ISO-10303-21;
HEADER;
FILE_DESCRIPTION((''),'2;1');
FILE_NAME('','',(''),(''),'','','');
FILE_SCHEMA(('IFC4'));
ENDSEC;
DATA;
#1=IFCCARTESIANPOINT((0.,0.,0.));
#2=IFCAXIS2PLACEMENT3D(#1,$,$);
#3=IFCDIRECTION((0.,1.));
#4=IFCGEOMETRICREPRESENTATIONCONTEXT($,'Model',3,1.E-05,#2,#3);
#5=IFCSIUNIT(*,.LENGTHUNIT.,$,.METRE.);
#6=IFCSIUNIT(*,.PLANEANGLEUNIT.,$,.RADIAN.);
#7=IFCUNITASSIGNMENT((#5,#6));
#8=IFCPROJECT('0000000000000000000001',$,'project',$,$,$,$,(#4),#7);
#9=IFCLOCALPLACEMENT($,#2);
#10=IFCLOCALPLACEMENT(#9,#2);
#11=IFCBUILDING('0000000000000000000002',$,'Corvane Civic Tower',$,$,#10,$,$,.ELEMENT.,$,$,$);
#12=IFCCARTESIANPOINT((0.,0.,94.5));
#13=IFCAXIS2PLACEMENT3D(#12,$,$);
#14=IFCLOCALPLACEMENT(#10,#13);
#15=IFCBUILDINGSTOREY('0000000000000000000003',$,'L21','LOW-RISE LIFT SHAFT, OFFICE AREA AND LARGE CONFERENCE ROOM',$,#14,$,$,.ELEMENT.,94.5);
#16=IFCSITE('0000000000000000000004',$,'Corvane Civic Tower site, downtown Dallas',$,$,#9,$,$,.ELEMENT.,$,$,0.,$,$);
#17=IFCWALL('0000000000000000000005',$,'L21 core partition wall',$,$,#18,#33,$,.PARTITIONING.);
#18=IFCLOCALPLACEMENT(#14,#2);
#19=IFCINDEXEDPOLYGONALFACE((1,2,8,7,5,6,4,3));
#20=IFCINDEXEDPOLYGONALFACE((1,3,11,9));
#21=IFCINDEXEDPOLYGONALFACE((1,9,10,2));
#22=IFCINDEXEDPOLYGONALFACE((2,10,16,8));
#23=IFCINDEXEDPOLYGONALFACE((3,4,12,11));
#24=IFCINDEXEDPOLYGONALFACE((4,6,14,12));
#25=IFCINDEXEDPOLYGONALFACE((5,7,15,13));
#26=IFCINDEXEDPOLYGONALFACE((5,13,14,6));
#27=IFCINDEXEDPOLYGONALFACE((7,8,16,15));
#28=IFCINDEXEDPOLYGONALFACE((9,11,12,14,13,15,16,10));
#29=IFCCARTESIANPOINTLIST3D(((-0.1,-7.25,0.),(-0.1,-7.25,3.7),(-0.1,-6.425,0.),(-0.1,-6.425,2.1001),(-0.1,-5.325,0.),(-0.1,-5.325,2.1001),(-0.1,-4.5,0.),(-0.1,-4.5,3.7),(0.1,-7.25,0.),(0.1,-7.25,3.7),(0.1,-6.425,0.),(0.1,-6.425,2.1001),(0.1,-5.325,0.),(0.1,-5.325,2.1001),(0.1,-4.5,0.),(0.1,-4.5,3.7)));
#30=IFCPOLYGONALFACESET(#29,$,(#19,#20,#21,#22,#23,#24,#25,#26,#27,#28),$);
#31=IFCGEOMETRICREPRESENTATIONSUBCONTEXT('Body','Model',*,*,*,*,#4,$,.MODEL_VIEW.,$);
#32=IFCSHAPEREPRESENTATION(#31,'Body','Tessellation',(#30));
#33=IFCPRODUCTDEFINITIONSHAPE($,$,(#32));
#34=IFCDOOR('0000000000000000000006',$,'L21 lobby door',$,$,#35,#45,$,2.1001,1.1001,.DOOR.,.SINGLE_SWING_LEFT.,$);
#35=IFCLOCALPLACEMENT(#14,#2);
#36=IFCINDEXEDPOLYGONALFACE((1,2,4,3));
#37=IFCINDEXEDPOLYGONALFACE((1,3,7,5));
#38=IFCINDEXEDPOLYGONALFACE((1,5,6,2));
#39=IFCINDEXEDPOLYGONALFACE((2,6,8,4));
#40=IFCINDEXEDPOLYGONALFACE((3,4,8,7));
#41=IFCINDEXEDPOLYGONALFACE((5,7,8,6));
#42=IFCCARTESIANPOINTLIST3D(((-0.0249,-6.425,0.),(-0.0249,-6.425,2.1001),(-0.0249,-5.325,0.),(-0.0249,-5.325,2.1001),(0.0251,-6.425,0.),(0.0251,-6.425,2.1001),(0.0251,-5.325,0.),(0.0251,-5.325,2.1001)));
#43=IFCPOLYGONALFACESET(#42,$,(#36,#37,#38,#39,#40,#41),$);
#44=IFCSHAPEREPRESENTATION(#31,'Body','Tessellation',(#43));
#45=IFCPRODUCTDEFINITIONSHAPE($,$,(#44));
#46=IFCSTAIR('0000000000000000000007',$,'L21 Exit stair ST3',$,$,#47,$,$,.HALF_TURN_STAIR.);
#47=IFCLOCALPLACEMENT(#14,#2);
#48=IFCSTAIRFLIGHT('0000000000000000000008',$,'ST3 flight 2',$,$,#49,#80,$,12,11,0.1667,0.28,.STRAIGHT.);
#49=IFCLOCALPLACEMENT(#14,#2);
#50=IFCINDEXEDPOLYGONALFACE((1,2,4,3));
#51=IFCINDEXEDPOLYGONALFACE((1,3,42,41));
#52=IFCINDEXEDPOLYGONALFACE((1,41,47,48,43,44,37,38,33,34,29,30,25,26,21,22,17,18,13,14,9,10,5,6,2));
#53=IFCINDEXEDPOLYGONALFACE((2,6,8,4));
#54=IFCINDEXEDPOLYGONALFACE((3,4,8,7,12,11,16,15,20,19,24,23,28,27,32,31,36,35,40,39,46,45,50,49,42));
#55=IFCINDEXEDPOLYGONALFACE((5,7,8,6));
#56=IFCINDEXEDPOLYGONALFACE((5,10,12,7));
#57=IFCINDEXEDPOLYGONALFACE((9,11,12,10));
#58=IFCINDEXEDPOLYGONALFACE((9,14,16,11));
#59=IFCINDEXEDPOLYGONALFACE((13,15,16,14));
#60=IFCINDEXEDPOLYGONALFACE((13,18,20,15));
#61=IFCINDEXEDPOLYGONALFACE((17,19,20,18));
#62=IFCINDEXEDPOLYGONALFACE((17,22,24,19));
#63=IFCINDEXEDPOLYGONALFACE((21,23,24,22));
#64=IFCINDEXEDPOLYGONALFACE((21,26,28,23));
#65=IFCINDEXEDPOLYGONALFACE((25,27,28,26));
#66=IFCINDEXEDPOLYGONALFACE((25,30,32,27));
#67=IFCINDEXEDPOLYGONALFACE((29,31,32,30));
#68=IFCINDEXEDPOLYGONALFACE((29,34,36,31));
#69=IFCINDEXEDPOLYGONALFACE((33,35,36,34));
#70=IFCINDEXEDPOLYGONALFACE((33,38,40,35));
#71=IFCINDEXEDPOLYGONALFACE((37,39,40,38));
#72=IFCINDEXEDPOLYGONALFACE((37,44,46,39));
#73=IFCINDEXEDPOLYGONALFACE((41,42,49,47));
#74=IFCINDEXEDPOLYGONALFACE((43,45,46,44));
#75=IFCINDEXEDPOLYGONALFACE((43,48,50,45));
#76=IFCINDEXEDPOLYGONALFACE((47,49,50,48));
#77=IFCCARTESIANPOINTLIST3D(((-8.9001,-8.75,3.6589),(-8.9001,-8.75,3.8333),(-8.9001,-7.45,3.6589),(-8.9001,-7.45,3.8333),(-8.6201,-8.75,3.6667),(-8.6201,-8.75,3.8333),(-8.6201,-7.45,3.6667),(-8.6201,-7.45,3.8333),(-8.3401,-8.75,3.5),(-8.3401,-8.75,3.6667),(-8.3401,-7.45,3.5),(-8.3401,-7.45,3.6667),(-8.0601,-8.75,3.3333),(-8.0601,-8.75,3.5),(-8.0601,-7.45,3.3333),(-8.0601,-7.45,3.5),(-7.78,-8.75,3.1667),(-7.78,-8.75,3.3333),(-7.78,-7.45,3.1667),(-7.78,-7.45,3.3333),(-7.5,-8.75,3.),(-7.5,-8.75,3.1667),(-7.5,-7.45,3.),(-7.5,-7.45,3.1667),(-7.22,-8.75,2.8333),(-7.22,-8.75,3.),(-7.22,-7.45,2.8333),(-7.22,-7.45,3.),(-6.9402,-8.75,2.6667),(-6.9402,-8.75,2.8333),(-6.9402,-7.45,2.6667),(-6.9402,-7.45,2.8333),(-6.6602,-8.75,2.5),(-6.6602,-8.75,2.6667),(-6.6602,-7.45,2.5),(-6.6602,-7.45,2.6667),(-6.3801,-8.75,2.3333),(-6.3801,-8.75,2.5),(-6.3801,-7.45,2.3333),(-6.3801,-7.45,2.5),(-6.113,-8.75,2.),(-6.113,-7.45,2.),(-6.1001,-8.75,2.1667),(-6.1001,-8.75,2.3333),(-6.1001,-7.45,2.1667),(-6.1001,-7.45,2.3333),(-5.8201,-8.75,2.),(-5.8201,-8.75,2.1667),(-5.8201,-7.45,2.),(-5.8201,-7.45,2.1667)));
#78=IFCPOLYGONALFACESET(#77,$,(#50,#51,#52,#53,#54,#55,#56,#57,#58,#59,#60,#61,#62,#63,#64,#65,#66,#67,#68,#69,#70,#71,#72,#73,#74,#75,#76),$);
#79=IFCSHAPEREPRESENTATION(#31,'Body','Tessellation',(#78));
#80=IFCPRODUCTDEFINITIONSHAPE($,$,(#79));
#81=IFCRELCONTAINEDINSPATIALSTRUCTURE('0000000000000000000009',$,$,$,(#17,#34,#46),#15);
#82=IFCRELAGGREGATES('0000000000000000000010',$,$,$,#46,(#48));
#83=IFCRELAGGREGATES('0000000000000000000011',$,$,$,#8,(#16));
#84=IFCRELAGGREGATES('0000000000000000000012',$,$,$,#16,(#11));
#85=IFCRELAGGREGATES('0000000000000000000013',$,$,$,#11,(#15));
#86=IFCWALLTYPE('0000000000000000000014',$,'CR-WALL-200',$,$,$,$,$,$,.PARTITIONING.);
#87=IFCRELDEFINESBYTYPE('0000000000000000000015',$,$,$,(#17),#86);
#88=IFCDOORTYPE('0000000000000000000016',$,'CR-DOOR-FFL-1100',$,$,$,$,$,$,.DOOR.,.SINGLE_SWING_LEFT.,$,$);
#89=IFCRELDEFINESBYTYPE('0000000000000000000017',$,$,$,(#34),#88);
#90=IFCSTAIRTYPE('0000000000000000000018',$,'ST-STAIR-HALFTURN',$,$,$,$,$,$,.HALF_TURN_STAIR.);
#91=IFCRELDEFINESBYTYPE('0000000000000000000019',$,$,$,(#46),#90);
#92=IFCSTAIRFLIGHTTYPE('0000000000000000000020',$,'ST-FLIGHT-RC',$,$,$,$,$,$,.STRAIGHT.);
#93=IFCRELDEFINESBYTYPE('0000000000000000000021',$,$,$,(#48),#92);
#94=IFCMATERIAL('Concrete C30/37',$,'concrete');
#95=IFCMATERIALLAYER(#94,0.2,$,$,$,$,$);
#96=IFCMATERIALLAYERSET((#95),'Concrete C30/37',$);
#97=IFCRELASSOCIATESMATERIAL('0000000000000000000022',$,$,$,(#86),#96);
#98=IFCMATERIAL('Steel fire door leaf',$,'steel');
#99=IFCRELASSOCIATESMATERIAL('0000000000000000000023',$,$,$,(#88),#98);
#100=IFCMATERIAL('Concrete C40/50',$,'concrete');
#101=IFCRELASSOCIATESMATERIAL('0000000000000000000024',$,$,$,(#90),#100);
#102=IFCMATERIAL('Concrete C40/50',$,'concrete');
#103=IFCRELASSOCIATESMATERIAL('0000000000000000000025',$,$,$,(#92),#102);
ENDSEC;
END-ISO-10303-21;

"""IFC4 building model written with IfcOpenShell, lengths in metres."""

from ifc_helpers import new_model, si_unit, direction, frame, frame_2d, origin, place, context, subcontext, project, spatial, polyline, rectangle, outline, extrude, material, layer, layer_set, type_object, element, fill, aggregate, save


model = new_model("IFC4")

# Units and contexts
model_context = context("Model", 3, precision=1e-05, world=origin(), true_north=direction((0.0, 1.0)))
body_context = subcontext(model_context, "Body", "Model", "MODEL_VIEW")
ifc_project = project(units=[si_unit("LENGTHUNIT", "METRE"), si_unit("PLANEANGLEUNIT", "RADIAN")], contexts=[model_context])

# Site, building, storey
site_placement = place(None, origin())
site = spatial("IfcSite", under=ifc_project, at=site_placement, Name="Corvane Civic Tower site, downtown Dallas", CompositionType="ELEMENT", RefElevation=0.0)
building_placement = place(site_placement, origin())
building = spatial("IfcBuilding", under=site, at=building_placement, Name="Corvane Civic Tower", CompositionType="ELEMENT")
storey_placement = place(building_placement, frame((0.0, 0.0, 94.5)))
storey = spatial("IfcBuildingStorey", under=building, at=storey_placement, Name="L21", Description="LOW-RISE LIFT SHAFT, OFFICE AREA AND LARGE CONFERENCE ROOM", CompositionType="ELEMENT", Elevation=94.5)

# Wall, opening, door
ifc_material_1 = material(Name="Concrete C30/37", Category="concrete")
ifc_layer = layer(ifc_material_1, 0.2)
ifc_layer_set = layer_set([ifc_layer], Name="Concrete C30/37")
wall_type = type_object("IfcWallType", Name="CR-WALL-200", PredefinedType="PARTITIONING", material=ifc_layer_set)
ifc_material_2 = material(Name="Steel fire door leaf", Category="steel")
door_type_1 = type_object("IfcDoorType", Name="CR-DOOR-FFL-1100", OperationType="SINGLE_SWING_LEFT", PredefinedType="DOOR", material=ifc_material_2)
wall_1_placement = place(storey_placement, frame((0.0, -7.25, 0.0), z_axis=(0.0, 0.0, 1.0), x_axis=(0.0, 1.0, 0.0)))
wall_1 = element("IfcWall", 1, at=wall_1_placement, inside=storey, type_object=wall_type, Name="L21 core partition wall", PredefinedType="PARTITIONING", context=body_context, shape_type="SweptSolid", body=[
    extrude(rectangle(XDim=2.75, YDim=0.2, at=frame_2d((1.375, 0.0))), origin(), (0.0, 0.0, 1.0), 3.7),
])
opening_1_placement = place(wall_1_placement, frame((0.825, 0.0, 0.0)))
opening_1 = element("IfcOpeningElement", 2, at=opening_1_placement, cuts=wall_1, PredefinedType="OPENING", context=body_context, shape_type="SweptSolid", body=[
    extrude(rectangle(XDim=1.1001, YDim=2.1001, at=frame_2d((0.55, 1.05))), frame((0.0, 0.1099, 0.0), z_axis=(0.0, -1.0, 0.0), x_axis=(1.0, 0.0, 0.0)), (0.0, 0.0, 1.0), 0.22),
])
door_1_placement = place(opening_1_placement, origin())
door_1 = element("IfcDoor", 3, at=door_1_placement, inside=storey, type_object=door_type_1, Name="L21 lobby door", OperationType="SINGLE_SWING_LEFT", OverallHeight=2.1001, OverallWidth=1.1001, PredefinedType="DOOR", context=body_context, shape_type="SweptSolid", body=[
    extrude(rectangle(XDim=1.1001, YDim=2.1001, at=frame_2d((0.55, 1.05))), frame((0.0, 0.0249, 0.0), z_axis=(0.0, -1.0, 0.0), x_axis=(1.0, 0.0, 0.0)), (0.0, 0.0, 1.0), 0.05),
])
fill(opening_1, door_1)

# Stair, stair flight
ifc_material_3 = material(Name="Concrete C40/50", Category="concrete")
stair_type = type_object("IfcStairType", Name="ST-STAIR-HALFTURN", PredefinedType="HALF_TURN_STAIR", material=ifc_material_3)
stair_placement = place(storey_placement, origin())
stair = element("IfcStair", 4, at=stair_placement, inside=storey, type_object=stair_type, Name="L21 Exit stair ST3", PredefinedType="HALF_TURN_STAIR")
ifc_material_4 = material(Name="Concrete C40/50", Category="concrete")
stair_flight_type = type_object("IfcStairFlightType", Name="ST-FLIGHT-RC", PredefinedType="STRAIGHT", material=ifc_material_4)
stair_flight_placement = place(storey_placement, frame((-5.8201, -8.1001, 2.0), z_axis=(0.0, 0.0, 1.0), x_axis=(-1.0, 0.0, 0.0)))
stair_flight = element("IfcStairFlight", 5, at=stair_flight_placement, type_object=stair_flight_type, Name="ST3 flight 2", NumberOfRisers=12, NumberOfTreads=11, PredefinedType="STRAIGHT", RiserHeight=0.1667, TreadLength=0.28, context=body_context, shape_type="SweptSolid", body=[
    extrude(outline(polyline([(0.0, 0.0), (0.0, 0.1667), (0.28, 0.1667), (0.28, 0.3333), (0.5601, 0.3333), (0.5601, 0.5), (0.8401, 0.5), (0.8401, 0.6667), (1.1201, 0.6667), (1.1201, 0.8333), (1.3999, 0.8333), (1.3999, 1.0), (1.6799, 1.0), (1.6799, 1.1667), (1.96, 1.1667), (1.96, 1.3333), (2.24, 1.3333), (2.24, 1.5), (2.52, 1.5), (2.52, 1.6667), (2.8, 1.6667), (2.8, 1.8333), (3.0801, 1.8333), (3.0801, 2.0), (3.0801, 1.6589), (0.293, 0.0), (0.0, 0.0)])), frame((0.0, 0.6499, 0.0), z_axis=(0.0, -1.0, 0.0), x_axis=(1.0, 0.0, 0.0)), (0.0, 0.0, 1.0), 1.3),
])
aggregate(stair, [stair_flight])

save(model, "model.ifc")
